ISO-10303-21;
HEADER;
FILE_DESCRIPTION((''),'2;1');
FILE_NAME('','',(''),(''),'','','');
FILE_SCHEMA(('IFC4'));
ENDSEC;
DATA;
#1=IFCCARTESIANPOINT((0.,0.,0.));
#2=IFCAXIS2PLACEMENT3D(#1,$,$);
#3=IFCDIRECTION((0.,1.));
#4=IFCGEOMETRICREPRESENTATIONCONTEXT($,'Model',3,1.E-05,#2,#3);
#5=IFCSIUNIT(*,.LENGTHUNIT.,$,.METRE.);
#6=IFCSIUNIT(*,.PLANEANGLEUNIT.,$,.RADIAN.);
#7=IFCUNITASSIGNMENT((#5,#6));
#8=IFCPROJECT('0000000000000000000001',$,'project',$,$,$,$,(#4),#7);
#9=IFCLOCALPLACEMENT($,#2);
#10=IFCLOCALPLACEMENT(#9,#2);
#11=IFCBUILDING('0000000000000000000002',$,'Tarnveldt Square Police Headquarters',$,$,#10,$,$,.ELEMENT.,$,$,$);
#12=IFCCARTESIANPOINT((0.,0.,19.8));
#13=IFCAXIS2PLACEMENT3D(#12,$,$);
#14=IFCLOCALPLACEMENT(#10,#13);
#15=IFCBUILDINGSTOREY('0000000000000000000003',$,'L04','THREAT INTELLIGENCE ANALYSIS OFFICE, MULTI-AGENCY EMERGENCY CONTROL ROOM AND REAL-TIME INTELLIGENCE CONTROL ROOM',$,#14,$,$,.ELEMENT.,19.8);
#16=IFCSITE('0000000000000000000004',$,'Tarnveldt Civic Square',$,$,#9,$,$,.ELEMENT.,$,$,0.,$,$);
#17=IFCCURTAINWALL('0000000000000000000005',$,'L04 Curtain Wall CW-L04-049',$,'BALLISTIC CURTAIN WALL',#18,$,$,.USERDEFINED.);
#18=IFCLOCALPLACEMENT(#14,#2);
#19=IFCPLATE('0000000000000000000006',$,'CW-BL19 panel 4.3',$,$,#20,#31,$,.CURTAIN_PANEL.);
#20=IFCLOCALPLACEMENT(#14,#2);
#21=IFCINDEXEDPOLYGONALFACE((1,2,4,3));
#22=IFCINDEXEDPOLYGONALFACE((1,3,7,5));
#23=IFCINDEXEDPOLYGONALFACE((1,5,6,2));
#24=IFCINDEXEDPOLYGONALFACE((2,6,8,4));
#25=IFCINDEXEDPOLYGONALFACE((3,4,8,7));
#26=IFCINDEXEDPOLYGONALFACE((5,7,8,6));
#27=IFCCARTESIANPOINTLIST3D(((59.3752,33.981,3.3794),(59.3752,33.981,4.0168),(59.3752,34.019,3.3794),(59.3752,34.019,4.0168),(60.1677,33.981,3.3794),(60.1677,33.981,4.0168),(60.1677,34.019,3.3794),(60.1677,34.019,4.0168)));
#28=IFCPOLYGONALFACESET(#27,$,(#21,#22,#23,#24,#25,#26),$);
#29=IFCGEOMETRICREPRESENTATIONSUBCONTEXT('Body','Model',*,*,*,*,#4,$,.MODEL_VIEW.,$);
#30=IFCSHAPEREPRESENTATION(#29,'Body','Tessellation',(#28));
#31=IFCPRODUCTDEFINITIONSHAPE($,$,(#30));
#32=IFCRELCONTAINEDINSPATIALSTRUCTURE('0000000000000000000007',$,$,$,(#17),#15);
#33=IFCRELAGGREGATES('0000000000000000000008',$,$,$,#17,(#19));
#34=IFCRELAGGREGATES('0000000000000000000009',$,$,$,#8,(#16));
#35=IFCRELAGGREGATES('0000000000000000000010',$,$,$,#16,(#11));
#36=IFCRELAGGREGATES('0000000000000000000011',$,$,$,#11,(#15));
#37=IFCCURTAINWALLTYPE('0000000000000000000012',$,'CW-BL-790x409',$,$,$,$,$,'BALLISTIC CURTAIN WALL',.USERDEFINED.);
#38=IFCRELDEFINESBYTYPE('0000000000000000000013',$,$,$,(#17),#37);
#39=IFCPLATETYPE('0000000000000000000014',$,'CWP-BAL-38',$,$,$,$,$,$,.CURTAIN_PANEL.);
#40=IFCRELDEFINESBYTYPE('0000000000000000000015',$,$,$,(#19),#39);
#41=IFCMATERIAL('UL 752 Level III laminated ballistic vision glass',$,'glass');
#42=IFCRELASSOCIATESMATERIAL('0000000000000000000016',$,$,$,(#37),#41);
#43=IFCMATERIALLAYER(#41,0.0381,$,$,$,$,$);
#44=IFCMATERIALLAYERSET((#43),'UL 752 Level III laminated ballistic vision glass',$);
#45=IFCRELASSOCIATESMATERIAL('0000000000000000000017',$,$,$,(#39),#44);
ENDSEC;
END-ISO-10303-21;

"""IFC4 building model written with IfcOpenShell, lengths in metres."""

from ifc_helpers import new_model, si_unit, direction, frame, origin, origin_2d, place, context, subcontext, project, spatial, rectangle, extrude, material, layer, layer_set, type_object, element, aggregate, save


model = new_model("IFC4")

# Units and contexts
model_context = context("Model", 3, precision=1e-05, world=origin(), true_north=direction((0.0, 1.0)))
body_context = subcontext(model_context, "Body", "Model", "MODEL_VIEW")
ifc_project = project(units=[si_unit("LENGTHUNIT", "METRE"), si_unit("PLANEANGLEUNIT", "RADIAN")], contexts=[model_context])

# Site, building, storey
site_placement = place(None, origin())
site = spatial("IfcSite", under=ifc_project, at=site_placement, Name="Tarnveldt Civic Square", CompositionType="ELEMENT", RefElevation=0.0)
building_placement = place(site_placement, origin())
building = spatial("IfcBuilding", under=site, at=building_placement, Name="Tarnveldt Square Police Headquarters", CompositionType="ELEMENT")
storey_placement = place(building_placement, frame((0.0, 0.0, 19.8)))
storey = spatial("IfcBuildingStorey", under=building, at=storey_placement, Name="L04", Description="THREAT INTELLIGENCE ANALYSIS OFFICE, MULTI-AGENCY EMERGENCY CONTROL ROOM AND REAL-TIME INTELLIGENCE CONTROL ROOM", CompositionType="ELEMENT", Elevation=19.8)

# Curtain wall, plate
ifc_material_1 = material(Name="UL 752 Level III laminated ballistic vision glass", Category="glass")
curtain_wall_type = type_object("IfcCurtainWallType", Name="CW-BL-790x409", ElementType="BALLISTIC CURTAIN WALL", PredefinedType="USERDEFINED", material=ifc_material_1)
curtain_wall_placement = place(storey_placement, origin())
curtain_wall = element("IfcCurtainWall", 1, at=curtain_wall_placement, inside=storey, type_object=curtain_wall_type, Name="L04 Curtain Wall CW-L04-049", ObjectType="BALLISTIC CURTAIN WALL", PredefinedType="USERDEFINED")
ifc_layer = layer(ifc_material_1, 0.0381)
ifc_layer_set = layer_set([ifc_layer], Name="UL 752 Level III laminated ballistic vision glass")
plate_type = type_object("IfcPlateType", Name="CWP-BAL-38", PredefinedType="CURTAIN_PANEL", material=ifc_layer_set)
plate_1_placement = place(storey_placement, frame((59.7715, 34.0, 3.3794), z_axis=(0.0, 0.0, 1.0), x_axis=(1.0, 0.0, 0.0)))
plate_1 = element("IfcPlate", 2, at=plate_1_placement, type_object=plate_type, Name="CW-BL19 panel 4.3", PredefinedType="CURTAIN_PANEL", context=body_context, shape_type="SweptSolid", body=[
    extrude(rectangle(XDim=0.7925, YDim=0.0381, at=origin_2d()), origin(), (0.0, 0.0, 1.0), 0.6375),
])
aggregate(curtain_wall, [plate_1])

save(model, "model.ifc")
